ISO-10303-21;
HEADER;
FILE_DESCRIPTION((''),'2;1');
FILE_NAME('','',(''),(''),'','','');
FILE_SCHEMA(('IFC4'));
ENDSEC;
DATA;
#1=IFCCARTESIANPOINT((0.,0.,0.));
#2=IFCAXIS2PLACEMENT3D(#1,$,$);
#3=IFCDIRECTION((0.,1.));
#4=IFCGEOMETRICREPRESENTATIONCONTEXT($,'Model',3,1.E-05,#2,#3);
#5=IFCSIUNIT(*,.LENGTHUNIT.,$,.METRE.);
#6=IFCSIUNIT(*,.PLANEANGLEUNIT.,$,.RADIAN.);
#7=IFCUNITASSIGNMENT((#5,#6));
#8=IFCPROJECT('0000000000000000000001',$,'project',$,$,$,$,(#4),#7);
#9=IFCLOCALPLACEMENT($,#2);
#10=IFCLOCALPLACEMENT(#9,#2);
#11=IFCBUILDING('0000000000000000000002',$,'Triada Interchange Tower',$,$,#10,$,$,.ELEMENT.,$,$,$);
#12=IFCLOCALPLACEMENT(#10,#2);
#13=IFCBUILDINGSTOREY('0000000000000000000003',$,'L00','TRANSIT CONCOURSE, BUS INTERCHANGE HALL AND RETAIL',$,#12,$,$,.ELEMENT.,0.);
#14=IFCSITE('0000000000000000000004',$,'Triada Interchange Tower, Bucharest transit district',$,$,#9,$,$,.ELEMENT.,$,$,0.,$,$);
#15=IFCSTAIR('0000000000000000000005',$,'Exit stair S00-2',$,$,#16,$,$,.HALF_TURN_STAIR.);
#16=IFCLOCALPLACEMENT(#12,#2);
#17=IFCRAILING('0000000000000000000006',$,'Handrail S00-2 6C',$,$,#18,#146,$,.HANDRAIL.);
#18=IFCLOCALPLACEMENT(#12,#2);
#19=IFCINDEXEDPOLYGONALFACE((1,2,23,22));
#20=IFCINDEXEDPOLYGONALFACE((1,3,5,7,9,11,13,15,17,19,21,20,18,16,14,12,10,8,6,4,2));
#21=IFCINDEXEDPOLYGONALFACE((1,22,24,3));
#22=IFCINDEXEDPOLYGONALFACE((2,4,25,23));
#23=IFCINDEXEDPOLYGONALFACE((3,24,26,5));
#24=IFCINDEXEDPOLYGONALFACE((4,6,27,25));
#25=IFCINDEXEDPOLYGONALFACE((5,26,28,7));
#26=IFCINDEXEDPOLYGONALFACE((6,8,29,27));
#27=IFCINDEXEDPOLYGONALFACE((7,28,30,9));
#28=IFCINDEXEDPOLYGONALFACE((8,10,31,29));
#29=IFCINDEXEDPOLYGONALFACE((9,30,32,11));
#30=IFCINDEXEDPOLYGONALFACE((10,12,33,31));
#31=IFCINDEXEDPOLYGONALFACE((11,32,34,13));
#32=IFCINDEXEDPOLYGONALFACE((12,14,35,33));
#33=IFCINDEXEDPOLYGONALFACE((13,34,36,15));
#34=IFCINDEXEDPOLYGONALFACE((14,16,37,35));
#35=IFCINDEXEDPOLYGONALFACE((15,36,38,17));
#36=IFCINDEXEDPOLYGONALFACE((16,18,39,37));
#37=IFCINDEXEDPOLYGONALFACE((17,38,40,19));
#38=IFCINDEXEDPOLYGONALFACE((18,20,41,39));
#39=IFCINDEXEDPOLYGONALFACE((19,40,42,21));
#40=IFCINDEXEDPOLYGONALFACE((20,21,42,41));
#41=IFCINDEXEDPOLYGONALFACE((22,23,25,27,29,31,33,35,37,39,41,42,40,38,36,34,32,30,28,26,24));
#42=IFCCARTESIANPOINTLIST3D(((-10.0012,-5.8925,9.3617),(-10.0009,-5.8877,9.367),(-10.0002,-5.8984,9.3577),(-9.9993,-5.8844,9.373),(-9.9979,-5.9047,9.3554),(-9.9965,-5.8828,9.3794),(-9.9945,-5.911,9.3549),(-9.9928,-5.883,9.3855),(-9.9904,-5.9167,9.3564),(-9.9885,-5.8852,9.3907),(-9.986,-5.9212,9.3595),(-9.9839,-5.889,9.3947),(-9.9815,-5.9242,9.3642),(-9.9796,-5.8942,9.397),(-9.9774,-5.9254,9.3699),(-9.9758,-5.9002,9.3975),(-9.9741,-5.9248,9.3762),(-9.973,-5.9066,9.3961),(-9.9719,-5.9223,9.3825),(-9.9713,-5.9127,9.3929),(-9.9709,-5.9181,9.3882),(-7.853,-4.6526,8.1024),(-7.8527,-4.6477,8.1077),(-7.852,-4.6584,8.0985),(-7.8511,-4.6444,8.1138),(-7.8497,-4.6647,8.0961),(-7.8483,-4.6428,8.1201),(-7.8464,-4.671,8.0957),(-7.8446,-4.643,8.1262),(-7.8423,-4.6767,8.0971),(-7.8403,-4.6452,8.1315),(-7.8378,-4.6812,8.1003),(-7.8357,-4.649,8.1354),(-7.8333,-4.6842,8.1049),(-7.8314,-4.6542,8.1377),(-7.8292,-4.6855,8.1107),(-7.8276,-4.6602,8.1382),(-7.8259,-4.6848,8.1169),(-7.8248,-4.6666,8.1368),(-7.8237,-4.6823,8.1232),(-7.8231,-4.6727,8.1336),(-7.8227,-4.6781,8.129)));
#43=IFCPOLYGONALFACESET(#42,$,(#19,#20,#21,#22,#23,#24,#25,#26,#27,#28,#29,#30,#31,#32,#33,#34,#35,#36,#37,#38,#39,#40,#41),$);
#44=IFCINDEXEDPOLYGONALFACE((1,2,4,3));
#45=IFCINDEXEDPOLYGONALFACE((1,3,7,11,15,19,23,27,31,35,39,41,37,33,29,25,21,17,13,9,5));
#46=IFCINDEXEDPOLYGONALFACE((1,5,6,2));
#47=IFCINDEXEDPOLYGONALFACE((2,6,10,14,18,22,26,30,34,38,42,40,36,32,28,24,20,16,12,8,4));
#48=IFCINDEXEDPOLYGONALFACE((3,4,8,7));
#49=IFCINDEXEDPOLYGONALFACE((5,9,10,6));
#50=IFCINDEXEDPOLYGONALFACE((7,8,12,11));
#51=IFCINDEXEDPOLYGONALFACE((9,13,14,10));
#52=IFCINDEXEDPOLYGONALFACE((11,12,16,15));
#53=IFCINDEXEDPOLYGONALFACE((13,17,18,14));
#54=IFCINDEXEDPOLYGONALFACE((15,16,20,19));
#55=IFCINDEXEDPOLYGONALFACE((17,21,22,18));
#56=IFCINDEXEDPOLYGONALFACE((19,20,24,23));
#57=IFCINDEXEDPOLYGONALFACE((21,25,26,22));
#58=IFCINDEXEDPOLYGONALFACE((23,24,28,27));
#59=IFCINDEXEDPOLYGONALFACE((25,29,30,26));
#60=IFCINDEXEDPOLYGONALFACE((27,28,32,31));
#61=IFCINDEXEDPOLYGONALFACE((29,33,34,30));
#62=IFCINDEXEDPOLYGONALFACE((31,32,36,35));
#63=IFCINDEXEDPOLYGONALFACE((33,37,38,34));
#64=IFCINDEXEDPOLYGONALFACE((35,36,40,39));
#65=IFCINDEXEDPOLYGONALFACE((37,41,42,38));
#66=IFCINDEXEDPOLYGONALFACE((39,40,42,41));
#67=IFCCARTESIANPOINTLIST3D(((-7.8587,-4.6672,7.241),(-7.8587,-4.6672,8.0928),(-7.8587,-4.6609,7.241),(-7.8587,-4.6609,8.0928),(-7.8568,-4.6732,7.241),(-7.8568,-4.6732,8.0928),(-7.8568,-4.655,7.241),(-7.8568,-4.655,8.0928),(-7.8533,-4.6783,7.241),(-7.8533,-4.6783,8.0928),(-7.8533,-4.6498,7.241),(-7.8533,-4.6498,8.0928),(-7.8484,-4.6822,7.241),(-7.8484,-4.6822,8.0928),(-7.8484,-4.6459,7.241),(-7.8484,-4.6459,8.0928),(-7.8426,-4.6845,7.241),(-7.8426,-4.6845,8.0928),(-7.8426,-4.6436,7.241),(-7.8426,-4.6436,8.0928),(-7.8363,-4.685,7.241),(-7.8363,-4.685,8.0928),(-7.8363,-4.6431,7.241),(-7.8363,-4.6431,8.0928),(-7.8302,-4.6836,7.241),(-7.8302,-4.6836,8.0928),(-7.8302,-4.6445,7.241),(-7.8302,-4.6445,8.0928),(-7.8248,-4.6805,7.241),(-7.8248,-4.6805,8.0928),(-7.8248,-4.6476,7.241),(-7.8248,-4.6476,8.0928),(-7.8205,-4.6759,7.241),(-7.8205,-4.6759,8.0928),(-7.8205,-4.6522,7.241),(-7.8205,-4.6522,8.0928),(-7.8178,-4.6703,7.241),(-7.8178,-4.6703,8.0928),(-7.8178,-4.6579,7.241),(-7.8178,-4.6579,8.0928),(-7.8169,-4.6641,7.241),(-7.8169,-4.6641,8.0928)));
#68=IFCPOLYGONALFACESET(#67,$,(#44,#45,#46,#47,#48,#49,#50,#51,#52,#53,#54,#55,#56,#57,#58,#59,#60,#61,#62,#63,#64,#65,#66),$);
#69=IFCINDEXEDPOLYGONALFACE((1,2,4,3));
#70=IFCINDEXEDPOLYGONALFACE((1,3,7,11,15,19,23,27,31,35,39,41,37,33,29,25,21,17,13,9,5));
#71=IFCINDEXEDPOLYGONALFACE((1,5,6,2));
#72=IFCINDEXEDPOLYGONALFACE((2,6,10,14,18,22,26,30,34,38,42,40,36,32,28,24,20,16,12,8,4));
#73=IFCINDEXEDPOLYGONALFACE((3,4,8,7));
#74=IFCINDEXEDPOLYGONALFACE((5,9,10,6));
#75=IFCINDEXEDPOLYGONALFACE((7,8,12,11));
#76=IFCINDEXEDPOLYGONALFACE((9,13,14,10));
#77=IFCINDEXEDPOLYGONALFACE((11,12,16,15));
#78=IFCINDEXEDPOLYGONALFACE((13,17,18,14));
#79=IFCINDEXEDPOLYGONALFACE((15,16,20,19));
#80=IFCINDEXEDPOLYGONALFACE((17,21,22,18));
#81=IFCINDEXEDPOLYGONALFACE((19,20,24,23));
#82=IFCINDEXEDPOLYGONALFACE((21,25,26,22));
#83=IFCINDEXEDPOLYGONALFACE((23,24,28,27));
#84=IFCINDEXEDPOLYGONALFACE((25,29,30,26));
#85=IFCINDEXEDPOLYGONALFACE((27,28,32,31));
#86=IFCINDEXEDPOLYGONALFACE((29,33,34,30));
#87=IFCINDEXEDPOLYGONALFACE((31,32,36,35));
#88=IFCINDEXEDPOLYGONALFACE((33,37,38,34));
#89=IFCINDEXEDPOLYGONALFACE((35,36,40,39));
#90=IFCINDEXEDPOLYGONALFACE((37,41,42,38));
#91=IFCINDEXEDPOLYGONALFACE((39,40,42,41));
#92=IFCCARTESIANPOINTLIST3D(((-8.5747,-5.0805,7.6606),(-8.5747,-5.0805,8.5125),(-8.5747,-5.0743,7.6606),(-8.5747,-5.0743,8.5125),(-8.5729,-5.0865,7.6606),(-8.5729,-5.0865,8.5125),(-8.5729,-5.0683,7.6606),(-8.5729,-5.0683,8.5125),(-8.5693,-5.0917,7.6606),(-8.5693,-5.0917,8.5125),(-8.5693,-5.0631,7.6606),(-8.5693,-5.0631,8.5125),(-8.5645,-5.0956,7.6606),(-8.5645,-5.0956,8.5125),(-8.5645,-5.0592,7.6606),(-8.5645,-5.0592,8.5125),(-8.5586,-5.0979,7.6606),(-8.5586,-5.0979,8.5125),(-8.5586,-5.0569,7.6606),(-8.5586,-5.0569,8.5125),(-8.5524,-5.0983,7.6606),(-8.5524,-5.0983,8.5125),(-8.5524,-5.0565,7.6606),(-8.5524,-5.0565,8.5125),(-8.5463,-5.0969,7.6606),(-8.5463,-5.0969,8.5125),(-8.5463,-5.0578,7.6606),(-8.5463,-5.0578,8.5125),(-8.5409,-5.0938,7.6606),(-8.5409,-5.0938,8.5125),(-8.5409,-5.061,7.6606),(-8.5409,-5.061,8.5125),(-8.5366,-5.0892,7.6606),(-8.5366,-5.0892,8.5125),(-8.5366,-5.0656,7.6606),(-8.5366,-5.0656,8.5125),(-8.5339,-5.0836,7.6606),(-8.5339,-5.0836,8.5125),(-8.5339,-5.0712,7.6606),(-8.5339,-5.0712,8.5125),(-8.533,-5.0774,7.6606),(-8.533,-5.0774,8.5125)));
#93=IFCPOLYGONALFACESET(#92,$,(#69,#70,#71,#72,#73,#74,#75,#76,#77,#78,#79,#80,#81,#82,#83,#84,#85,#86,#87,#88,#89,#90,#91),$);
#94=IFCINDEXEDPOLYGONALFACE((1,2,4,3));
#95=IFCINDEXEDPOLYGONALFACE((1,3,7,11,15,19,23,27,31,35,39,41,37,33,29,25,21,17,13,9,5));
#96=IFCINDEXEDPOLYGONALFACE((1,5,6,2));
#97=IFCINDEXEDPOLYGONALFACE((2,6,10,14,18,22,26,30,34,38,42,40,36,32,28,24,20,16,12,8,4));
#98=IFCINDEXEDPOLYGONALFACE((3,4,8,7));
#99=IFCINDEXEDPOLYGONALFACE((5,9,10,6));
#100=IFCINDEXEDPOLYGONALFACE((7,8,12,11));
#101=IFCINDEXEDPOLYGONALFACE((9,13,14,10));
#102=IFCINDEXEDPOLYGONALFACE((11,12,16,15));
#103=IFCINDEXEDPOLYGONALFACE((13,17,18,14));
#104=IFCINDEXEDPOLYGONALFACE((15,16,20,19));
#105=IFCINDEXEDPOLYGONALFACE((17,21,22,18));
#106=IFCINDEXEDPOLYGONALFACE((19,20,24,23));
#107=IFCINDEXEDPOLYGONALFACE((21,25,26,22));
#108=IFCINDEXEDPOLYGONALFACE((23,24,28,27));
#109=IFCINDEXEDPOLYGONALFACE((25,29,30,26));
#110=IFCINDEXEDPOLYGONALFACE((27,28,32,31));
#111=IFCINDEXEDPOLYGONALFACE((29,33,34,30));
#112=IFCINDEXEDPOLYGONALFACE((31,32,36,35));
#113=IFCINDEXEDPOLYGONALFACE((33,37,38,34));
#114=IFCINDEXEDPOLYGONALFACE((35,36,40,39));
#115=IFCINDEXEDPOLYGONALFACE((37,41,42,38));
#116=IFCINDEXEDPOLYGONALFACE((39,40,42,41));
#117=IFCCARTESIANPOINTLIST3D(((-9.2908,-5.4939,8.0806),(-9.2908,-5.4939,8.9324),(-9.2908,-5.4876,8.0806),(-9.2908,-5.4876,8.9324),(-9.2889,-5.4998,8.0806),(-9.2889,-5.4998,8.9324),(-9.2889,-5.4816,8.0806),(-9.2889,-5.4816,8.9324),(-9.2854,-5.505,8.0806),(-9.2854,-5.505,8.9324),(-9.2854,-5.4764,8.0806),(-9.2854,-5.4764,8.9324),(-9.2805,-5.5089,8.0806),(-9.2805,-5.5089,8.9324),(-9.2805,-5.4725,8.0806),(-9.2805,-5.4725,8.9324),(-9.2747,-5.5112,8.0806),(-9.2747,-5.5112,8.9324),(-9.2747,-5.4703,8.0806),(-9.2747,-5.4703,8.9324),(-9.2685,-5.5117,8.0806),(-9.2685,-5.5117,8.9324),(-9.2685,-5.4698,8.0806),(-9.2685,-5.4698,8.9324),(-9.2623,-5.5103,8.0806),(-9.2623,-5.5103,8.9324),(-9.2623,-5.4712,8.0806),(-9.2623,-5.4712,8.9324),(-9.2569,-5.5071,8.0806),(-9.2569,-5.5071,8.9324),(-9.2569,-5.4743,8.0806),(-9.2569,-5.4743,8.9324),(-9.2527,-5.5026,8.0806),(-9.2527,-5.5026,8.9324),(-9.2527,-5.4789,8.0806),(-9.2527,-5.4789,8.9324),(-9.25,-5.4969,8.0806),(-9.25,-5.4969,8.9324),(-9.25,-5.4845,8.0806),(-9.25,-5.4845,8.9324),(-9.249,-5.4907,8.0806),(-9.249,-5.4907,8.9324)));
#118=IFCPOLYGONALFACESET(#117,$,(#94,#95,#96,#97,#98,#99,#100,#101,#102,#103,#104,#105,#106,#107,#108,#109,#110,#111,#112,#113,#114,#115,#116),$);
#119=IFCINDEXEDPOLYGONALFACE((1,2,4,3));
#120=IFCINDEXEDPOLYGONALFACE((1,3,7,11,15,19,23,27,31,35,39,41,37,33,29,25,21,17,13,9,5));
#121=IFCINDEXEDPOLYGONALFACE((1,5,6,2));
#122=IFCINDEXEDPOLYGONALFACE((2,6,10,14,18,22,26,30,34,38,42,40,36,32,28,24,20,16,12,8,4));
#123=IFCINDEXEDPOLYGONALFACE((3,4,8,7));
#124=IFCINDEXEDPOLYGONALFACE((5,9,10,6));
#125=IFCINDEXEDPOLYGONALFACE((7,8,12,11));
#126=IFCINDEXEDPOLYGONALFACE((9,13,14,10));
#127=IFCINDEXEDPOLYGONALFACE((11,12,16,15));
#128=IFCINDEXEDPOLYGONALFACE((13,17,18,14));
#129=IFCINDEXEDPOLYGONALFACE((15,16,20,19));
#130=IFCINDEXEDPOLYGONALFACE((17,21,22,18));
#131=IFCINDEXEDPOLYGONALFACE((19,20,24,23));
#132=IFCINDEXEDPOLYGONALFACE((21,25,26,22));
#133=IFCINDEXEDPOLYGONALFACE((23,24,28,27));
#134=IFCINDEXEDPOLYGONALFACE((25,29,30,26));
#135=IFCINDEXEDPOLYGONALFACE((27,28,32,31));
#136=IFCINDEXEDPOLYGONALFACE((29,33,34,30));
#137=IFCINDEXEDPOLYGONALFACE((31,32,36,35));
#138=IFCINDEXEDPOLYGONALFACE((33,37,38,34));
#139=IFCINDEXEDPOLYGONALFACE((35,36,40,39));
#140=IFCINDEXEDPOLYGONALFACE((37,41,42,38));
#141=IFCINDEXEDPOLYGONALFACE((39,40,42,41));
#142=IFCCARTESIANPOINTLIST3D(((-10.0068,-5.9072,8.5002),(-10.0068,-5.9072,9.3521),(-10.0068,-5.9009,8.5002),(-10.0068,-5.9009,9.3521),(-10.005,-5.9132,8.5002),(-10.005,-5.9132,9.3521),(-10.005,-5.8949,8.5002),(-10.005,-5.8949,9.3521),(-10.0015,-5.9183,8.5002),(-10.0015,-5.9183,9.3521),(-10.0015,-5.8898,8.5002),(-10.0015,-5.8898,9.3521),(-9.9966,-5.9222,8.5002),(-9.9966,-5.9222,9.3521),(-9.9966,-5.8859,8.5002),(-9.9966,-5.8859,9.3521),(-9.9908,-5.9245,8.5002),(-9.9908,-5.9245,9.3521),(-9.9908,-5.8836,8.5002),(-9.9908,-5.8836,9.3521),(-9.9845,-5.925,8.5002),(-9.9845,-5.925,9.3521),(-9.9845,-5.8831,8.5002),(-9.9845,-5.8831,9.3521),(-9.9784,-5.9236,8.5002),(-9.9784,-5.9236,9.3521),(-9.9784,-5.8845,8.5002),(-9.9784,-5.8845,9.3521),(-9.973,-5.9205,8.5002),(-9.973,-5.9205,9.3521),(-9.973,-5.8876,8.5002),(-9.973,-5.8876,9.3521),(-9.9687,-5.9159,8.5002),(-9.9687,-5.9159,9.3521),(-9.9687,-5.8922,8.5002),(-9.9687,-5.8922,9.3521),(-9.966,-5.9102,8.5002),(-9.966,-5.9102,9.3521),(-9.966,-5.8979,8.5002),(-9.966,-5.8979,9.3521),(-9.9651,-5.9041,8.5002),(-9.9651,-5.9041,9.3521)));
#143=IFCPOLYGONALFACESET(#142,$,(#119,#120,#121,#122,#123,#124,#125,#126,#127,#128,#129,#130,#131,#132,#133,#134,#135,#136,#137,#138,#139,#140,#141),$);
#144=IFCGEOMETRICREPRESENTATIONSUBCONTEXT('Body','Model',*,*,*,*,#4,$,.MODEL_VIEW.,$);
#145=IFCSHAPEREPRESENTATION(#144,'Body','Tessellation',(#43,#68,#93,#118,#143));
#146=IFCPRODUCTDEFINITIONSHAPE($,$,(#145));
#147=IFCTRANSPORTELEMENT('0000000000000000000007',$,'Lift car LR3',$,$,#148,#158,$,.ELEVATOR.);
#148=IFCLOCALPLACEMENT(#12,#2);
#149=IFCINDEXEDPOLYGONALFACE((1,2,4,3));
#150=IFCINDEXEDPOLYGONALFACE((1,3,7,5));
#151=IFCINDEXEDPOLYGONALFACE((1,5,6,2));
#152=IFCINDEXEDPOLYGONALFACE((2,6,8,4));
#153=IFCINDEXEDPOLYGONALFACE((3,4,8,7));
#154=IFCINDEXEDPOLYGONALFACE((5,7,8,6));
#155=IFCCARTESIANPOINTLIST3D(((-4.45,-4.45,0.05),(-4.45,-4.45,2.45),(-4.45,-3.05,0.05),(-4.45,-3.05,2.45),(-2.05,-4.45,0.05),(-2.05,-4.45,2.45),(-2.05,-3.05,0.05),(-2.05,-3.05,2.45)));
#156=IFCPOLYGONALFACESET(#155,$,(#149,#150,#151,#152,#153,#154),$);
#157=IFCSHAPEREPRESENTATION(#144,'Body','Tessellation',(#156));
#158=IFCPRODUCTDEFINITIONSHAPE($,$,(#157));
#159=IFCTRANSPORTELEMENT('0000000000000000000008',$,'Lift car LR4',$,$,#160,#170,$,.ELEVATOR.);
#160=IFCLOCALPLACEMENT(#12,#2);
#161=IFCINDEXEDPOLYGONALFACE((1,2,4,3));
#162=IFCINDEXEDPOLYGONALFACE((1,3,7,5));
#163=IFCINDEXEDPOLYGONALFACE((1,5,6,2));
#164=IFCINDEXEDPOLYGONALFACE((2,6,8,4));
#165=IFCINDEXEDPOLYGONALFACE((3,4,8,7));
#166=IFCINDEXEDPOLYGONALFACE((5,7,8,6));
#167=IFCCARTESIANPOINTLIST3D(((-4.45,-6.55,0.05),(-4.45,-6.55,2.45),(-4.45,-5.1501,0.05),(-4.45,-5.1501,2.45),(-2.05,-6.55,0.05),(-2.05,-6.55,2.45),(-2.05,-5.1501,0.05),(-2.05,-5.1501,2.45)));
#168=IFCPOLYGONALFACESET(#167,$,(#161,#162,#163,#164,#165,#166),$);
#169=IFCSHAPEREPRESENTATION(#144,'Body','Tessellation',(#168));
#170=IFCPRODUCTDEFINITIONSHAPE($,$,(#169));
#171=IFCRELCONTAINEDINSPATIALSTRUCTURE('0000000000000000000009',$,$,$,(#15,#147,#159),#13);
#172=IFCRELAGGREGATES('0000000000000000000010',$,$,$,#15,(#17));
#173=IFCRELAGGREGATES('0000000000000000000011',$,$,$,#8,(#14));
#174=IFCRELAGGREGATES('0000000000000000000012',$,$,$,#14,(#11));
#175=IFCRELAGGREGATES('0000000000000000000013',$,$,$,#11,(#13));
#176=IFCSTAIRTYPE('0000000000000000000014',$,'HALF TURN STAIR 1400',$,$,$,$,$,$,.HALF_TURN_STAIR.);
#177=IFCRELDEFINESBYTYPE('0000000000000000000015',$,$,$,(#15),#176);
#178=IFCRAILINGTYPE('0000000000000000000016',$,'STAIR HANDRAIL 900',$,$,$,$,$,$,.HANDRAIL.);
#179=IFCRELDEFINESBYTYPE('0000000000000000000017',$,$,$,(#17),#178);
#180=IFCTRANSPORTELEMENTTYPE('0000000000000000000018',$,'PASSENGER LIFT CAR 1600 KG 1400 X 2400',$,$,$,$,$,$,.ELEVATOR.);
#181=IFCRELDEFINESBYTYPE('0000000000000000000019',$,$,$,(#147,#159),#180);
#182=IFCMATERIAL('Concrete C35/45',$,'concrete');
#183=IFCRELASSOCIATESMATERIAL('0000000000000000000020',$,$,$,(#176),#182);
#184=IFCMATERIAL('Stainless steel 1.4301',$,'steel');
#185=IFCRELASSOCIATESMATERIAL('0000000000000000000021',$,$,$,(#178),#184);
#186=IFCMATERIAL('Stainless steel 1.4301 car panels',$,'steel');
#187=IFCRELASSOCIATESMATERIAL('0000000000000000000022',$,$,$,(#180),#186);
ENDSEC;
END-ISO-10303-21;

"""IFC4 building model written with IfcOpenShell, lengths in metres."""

from ifc_helpers import new_model, si_unit, direction, frame, origin, origin_2d, place, context, subcontext, project, spatial, rectangle, circle, extrude, material, type_object, element, aggregate, save


model = new_model("IFC4")

# Units and contexts
model_context = context("Model", 3, precision=1e-05, world=origin(), true_north=direction((0.0, 1.0)))
body_context = subcontext(model_context, "Body", "Model", "MODEL_VIEW")
ifc_project = project(units=[si_unit("LENGTHUNIT", "METRE"), si_unit("PLANEANGLEUNIT", "RADIAN")], contexts=[model_context])

# Site, building, storey
site_placement = place(None, origin())
site = spatial("IfcSite", under=ifc_project, at=site_placement, Name="Triada Interchange Tower, Bucharest transit district", CompositionType="ELEMENT", RefElevation=0.0)
building_placement = place(site_placement, origin())
building = spatial("IfcBuilding", under=site, at=building_placement, Name="Triada Interchange Tower", CompositionType="ELEMENT")
storey_placement = place(building_placement, origin())
storey = spatial("IfcBuildingStorey", under=building, at=storey_placement, Name="L00", Description="TRANSIT CONCOURSE, BUS INTERCHANGE HALL AND RETAIL", CompositionType="ELEMENT", Elevation=0.0)

# Shared definitions
ifc_material_1 = material(Name="Concrete C35/45", Category="concrete")

# Stair, railing
stair_type = type_object("IfcStairType", Name="HALF TURN STAIR 1400", PredefinedType="HALF_TURN_STAIR", material=ifc_material_1)
stair_placement = place(storey_placement, origin())
stair = element("IfcStair", 1, at=stair_placement, inside=storey, type_object=stair_type, Name="Exit stair S00-2", PredefinedType="HALF_TURN_STAIR")
ifc_material_2 = material(Name="Stainless steel 1.4301", Category="steel")
railing_type_1 = type_object("IfcRailingType", Name="STAIR HANDRAIL 900", PredefinedType="HANDRAIL", material=ifc_material_2)
railing_1_placement = place(storey_placement, frame((-7.8379, -4.6641, 7.241)))
railing_1 = element("IfcRailing", 2, at=railing_1_placement, type_object=railing_type_1, Name="Handrail S00-2 6C", PredefinedType="HANDRAIL", context=body_context, shape_type="SweptSolid", body=[
    extrude(circle(Radius=0.0239, at=origin_2d()), frame((0.0, 0.0, 0.876), z_axis=(-0.772247, -0.44576, 0.452694), x_axis=(0.499918, -0.866072, 0.0)), (0.0, 0.0, 1.0), 2.7817),
    extrude(circle(Radius=0.021, at=origin_2d()), origin(), (0.0, 0.0, 1.0), 0.8518),
    extrude(circle(Radius=0.021, at=origin_2d()), frame((-0.7161, -0.4133, 0.4197)), (0.0, 0.0, 1.0), 0.8518),
    extrude(circle(Radius=0.021, at=origin_2d()), frame((-1.4321, -0.8267, 0.8396)), (0.0, 0.0, 1.0), 0.8518),
    extrude(circle(Radius=0.021, at=origin_2d()), frame((-2.1482, -1.24, 1.2593)), (0.0, 0.0, 1.0), 0.8518),
])
aggregate(stair, [railing_1])

# Transport elements
ifc_material_3 = material(Name="Stainless steel 1.4301 car panels", Category="steel")
transport_element_type = type_object("IfcTransportElementType", Name="PASSENGER LIFT CAR 1600 KG 1400 X 2400", PredefinedType="ELEVATOR", material=ifc_material_3)
for number, where, z_axis, x_axis, name in (
    (3, (-3.25, -3.75, 0.05), (0.0, 0.0, 1.0), (0.0, -1.0, 0.0), "Lift car LR3"),
    (4, (-3.25, -5.8501, 0.05), (0.0, 0.0, 1.0), (0.0, -1.0, 0.0), "Lift car LR4"),
):
    element("IfcTransportElement", number, at=place(storey_placement, frame(where, z_axis=z_axis, x_axis=x_axis)), inside=storey, type_object=transport_element_type, Name=name, PredefinedType="ELEVATOR", context=body_context, shape_type="SweptSolid", body=[
        extrude(rectangle(XDim=1.3999, YDim=2.3999, at=origin_2d()), origin(), (0.0, 0.0, 1.0), 2.3999),
    ])

save(model, "model.ifc")
